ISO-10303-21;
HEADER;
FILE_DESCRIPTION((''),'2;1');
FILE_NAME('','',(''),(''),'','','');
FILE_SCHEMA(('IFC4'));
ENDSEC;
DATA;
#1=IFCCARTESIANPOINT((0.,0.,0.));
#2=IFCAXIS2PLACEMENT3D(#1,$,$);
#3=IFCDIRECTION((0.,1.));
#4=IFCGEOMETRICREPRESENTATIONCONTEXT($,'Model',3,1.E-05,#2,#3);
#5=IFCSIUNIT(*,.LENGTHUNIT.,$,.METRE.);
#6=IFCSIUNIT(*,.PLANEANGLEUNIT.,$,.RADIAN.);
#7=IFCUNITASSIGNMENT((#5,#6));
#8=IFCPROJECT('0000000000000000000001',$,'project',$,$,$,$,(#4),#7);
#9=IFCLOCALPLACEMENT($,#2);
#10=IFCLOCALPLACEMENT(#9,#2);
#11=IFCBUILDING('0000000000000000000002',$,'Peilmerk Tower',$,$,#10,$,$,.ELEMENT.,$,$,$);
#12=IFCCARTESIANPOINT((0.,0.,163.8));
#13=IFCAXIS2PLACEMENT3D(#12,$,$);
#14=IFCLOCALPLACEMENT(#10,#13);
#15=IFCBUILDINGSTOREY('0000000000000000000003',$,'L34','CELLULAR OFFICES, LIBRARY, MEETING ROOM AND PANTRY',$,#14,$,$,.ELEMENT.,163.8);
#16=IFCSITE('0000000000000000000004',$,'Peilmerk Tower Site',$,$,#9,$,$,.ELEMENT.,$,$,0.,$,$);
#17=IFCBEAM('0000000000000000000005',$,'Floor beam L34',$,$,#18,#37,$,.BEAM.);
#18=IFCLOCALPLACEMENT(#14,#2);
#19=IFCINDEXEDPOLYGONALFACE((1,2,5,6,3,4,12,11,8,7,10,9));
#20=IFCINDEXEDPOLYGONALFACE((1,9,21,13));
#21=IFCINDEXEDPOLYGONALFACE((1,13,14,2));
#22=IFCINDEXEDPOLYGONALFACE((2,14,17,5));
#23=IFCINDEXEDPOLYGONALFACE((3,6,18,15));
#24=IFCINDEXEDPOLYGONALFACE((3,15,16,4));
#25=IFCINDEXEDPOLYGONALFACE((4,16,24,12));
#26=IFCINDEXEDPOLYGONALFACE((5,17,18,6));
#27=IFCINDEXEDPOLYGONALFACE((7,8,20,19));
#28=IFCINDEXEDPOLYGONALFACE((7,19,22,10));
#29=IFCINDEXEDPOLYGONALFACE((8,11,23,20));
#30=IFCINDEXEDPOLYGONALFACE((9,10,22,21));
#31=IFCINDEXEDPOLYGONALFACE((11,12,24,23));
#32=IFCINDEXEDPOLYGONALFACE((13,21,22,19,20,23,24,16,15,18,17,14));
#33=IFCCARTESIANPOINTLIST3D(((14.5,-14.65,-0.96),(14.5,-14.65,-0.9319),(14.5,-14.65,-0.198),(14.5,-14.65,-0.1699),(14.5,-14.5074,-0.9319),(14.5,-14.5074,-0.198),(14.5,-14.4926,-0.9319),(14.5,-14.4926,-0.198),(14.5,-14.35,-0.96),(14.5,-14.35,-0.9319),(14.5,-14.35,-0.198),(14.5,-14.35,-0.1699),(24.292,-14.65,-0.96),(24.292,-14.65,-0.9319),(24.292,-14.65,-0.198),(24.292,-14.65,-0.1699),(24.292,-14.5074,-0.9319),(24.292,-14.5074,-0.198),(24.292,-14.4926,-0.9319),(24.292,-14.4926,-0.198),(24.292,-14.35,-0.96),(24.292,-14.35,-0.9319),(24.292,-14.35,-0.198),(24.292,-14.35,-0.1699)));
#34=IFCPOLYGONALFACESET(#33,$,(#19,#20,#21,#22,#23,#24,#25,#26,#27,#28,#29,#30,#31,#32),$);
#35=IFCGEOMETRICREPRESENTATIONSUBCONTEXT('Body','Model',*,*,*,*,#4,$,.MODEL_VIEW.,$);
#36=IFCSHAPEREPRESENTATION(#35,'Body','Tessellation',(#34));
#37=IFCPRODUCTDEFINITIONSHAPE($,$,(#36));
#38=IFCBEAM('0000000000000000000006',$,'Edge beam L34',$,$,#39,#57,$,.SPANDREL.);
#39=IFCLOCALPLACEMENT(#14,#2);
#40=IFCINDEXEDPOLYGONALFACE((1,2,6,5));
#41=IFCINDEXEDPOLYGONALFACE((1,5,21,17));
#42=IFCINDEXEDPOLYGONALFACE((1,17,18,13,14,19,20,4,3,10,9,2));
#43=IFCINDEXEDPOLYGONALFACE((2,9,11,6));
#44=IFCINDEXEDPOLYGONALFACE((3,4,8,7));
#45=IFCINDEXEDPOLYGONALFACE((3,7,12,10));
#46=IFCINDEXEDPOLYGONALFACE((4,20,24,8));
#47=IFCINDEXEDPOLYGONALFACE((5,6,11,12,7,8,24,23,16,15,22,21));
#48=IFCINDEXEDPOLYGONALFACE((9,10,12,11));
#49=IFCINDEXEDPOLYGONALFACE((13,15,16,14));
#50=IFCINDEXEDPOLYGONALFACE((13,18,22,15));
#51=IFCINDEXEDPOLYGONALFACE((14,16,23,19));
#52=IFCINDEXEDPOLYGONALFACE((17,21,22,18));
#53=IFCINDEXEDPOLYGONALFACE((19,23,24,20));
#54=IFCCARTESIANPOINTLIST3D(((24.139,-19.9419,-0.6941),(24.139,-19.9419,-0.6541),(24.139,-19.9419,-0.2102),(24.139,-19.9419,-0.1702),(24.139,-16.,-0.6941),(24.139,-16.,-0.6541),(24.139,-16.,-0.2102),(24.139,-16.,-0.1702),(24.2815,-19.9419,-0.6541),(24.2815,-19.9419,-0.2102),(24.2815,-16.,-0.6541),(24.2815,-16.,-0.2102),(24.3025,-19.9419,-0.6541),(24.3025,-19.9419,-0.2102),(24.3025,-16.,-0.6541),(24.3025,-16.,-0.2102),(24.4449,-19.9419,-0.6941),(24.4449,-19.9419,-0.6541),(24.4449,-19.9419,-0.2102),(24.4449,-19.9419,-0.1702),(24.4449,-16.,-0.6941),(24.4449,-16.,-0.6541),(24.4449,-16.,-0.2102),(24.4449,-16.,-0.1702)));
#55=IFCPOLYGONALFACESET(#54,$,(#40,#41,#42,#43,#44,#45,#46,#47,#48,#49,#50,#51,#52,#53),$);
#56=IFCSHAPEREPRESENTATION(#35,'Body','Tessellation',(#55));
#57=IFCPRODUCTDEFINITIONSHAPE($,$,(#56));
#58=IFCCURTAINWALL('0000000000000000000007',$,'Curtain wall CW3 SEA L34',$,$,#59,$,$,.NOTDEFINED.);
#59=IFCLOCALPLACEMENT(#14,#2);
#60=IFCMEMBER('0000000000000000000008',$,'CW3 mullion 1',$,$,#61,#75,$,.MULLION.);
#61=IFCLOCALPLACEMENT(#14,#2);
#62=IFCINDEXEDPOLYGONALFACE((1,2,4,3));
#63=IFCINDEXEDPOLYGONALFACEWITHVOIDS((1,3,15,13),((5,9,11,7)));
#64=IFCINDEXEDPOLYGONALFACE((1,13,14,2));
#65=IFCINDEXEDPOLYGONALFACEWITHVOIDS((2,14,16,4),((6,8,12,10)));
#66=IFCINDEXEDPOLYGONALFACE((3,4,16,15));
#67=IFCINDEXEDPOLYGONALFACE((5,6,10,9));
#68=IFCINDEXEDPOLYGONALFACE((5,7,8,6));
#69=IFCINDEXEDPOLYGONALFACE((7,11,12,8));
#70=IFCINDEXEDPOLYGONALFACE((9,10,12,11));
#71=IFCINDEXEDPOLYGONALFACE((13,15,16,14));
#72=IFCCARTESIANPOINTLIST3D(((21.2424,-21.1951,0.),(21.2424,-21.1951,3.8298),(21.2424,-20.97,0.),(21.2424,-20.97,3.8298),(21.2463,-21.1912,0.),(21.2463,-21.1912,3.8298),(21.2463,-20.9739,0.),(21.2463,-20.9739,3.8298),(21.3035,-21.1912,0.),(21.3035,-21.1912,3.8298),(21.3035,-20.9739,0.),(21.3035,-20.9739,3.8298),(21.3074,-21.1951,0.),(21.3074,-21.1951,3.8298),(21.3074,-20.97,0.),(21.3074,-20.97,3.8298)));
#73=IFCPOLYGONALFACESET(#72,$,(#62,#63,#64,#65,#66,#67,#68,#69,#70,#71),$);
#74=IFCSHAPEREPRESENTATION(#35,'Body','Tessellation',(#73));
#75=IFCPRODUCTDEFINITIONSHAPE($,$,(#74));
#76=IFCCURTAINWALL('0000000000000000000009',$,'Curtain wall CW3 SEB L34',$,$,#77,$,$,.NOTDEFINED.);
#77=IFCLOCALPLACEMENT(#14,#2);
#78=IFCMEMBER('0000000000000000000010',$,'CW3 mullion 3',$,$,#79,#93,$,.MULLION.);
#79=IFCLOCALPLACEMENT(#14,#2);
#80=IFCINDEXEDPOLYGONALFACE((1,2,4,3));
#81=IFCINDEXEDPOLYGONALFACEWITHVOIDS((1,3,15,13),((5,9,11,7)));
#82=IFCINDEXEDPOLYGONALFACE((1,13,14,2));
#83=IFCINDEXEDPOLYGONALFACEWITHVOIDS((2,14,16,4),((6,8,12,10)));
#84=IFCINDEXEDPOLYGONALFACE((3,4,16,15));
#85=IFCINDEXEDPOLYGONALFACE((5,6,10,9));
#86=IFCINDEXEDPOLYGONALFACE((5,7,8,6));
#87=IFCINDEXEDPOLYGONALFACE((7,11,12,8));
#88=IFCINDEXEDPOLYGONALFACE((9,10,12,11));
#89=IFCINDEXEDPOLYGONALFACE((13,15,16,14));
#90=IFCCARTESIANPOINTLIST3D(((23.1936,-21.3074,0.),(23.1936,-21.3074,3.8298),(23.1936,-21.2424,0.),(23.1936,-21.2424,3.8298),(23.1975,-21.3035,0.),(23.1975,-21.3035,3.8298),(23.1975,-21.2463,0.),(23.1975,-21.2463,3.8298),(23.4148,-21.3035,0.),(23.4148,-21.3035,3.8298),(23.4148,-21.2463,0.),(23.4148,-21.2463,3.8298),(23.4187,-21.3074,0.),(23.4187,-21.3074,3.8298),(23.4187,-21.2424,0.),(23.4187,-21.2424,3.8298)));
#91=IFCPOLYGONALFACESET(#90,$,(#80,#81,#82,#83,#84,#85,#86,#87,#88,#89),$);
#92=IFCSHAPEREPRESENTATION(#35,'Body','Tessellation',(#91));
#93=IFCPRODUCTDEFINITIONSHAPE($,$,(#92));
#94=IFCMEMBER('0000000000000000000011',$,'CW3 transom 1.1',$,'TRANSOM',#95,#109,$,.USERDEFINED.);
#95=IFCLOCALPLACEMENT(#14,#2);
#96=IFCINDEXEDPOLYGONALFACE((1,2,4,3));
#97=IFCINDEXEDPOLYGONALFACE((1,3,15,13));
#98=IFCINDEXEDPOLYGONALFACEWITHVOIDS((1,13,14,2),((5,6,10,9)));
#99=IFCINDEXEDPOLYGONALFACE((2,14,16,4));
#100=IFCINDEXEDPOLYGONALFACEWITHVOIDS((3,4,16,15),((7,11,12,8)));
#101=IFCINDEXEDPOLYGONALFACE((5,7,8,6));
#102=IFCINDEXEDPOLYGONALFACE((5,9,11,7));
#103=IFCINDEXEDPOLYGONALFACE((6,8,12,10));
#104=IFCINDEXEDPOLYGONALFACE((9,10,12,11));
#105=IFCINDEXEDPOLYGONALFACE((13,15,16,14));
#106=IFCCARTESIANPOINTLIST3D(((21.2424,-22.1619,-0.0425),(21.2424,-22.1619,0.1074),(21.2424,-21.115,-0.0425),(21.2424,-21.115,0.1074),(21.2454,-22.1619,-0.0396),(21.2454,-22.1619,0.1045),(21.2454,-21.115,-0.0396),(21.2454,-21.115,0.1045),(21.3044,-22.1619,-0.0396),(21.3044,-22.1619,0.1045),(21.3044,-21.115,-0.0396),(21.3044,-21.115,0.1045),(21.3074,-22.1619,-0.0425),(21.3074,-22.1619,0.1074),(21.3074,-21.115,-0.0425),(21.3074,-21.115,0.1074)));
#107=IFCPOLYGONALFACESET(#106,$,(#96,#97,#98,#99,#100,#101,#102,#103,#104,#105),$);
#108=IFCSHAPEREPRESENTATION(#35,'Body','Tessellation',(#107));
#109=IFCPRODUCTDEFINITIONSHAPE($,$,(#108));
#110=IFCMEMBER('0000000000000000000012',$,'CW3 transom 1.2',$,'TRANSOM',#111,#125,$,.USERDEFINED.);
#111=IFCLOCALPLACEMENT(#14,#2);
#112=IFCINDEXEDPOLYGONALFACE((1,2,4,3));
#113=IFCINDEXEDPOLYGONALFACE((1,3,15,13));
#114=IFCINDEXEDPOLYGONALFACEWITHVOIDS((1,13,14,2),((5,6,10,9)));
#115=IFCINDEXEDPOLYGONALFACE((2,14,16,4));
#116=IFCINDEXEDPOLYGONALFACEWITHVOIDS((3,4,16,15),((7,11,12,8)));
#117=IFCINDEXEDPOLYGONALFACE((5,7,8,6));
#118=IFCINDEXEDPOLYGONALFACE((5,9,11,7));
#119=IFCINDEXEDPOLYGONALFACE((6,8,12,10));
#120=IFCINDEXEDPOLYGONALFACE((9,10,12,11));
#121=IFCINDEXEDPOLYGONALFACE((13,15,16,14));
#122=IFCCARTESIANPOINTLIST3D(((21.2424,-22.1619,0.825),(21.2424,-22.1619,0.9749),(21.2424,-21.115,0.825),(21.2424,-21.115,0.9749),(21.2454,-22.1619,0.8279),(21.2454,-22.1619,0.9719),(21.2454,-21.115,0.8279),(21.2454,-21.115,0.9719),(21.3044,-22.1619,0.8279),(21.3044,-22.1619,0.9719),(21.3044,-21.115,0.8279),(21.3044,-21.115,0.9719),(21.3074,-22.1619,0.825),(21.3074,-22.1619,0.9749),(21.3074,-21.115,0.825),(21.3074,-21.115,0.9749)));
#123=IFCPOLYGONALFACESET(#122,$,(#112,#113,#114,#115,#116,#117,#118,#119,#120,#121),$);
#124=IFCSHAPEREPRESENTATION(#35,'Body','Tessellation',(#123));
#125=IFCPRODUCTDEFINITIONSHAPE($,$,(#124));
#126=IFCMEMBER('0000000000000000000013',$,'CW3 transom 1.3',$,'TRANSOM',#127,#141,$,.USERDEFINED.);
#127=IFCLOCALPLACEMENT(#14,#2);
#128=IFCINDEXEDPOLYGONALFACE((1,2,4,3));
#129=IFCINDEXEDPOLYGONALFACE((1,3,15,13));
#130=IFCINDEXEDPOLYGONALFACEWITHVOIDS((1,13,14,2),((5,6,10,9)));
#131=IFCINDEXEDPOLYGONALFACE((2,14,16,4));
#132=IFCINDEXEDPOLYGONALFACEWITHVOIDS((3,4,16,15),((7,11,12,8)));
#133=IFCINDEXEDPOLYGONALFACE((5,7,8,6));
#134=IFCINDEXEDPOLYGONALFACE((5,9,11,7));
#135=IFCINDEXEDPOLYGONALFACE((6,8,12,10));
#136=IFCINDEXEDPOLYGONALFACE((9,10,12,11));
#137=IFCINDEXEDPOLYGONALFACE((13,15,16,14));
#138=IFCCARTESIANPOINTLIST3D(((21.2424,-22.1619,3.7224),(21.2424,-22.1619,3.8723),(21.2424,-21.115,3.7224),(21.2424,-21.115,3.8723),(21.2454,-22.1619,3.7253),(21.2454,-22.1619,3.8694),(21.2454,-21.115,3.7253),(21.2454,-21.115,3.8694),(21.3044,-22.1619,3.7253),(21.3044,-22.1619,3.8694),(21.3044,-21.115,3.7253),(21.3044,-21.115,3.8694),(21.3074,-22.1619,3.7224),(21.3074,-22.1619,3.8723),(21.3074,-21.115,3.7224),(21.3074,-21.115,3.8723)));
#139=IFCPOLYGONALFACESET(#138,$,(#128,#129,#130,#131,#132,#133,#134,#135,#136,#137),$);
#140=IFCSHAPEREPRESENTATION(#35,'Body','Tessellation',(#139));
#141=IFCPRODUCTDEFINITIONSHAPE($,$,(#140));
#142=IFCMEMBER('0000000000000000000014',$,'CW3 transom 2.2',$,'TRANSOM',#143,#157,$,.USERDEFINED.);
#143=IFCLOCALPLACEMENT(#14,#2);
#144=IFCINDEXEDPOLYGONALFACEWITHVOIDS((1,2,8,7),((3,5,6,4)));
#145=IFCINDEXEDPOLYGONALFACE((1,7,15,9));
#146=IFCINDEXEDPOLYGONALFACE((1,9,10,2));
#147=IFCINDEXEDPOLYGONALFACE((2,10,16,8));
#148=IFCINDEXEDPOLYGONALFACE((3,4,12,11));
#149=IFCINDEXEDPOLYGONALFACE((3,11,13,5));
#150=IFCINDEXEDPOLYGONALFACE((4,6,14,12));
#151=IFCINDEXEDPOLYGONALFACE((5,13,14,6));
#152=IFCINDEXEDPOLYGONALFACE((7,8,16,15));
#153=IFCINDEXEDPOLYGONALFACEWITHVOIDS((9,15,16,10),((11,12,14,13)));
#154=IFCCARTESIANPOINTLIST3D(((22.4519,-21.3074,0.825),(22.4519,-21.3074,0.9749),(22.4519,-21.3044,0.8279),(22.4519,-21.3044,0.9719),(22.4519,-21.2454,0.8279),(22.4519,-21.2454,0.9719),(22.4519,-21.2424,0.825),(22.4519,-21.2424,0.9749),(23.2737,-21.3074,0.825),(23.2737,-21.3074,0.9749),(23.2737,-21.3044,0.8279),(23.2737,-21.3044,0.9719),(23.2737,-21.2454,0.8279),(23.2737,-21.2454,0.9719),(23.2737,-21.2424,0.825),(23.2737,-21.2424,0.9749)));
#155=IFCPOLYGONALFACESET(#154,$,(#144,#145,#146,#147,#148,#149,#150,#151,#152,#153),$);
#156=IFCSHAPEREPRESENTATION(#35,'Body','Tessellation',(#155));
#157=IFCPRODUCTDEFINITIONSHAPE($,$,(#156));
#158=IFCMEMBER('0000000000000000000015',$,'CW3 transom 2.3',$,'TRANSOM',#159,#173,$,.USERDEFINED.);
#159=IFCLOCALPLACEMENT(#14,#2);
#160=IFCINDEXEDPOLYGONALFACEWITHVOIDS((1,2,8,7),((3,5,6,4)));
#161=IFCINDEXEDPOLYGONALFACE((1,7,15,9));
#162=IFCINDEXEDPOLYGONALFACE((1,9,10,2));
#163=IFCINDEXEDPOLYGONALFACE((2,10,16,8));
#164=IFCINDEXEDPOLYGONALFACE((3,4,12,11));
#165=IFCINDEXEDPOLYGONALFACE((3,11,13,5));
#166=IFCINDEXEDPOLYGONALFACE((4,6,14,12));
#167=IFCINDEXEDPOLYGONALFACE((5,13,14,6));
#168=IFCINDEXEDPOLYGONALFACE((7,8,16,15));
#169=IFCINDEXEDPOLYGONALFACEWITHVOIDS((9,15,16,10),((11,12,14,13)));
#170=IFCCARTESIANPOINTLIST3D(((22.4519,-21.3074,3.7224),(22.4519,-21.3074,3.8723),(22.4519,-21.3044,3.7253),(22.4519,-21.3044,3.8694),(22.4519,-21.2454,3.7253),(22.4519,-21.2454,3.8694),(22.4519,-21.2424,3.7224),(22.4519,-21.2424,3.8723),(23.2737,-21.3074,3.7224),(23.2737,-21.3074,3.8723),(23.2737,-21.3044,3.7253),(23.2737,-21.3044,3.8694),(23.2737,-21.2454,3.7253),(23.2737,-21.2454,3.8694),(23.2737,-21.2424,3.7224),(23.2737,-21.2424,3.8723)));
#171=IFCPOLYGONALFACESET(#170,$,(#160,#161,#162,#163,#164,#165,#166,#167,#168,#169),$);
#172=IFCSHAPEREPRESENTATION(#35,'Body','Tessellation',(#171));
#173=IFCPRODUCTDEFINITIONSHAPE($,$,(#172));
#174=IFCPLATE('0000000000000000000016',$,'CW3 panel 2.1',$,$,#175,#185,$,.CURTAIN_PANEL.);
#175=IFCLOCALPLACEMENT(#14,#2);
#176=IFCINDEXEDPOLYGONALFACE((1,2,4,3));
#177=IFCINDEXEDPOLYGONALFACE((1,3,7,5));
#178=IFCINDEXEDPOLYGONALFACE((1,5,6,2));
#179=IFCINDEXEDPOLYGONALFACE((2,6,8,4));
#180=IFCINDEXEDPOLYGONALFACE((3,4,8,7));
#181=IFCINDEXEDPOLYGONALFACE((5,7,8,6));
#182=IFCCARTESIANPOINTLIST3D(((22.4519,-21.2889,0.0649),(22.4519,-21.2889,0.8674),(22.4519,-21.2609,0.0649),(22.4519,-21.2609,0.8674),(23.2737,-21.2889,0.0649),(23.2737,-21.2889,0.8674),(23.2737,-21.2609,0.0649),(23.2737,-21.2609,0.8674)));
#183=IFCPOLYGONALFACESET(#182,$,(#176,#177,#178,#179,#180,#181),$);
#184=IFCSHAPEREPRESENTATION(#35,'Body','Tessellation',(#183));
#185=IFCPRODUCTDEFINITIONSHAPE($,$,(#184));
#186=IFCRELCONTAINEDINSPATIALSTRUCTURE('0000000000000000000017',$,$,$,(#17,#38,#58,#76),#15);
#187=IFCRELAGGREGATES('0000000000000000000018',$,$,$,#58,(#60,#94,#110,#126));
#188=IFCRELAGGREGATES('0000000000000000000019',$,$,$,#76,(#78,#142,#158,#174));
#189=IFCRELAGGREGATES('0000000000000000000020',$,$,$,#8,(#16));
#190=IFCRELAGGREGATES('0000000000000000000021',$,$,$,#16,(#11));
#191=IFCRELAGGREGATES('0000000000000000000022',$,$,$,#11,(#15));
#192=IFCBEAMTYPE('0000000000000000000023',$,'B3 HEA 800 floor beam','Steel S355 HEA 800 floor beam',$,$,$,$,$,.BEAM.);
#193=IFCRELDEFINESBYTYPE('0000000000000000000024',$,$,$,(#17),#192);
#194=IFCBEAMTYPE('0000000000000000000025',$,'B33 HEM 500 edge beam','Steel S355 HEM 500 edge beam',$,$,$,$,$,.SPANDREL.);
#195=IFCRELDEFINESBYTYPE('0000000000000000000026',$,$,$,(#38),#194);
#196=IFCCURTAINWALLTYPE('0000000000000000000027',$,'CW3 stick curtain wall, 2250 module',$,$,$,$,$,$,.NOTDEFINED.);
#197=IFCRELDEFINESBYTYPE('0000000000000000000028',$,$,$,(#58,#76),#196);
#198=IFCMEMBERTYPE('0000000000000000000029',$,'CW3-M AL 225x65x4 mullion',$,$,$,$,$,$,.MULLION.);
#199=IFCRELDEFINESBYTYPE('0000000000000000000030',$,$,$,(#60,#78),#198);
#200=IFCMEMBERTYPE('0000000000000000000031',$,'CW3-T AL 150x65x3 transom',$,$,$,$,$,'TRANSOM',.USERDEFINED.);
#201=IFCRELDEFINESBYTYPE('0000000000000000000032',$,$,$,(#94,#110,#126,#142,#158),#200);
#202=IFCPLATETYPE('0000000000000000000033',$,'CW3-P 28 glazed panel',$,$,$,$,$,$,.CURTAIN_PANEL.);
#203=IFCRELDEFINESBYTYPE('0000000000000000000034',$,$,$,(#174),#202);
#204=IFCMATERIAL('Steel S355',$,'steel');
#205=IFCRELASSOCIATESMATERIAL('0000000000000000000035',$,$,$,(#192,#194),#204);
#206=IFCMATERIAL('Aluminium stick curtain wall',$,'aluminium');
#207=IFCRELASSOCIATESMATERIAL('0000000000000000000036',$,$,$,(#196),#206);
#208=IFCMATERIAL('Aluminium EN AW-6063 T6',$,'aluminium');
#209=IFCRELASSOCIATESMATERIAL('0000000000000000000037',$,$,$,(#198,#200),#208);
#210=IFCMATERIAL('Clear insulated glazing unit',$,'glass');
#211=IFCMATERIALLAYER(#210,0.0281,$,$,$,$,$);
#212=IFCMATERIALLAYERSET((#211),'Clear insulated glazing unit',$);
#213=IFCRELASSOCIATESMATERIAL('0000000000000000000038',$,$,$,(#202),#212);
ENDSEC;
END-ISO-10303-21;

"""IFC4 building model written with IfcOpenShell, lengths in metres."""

from ifc_helpers import new_model, si_unit, direction, frame, origin, origin_2d, place, context, subcontext, project, spatial, rectangle, hollow_rectangle, i_section, extrude, material, layer, layer_set, material_profile, profile_set, type_object, element, aggregate, save


model = new_model("IFC4")

# Units and contexts
model_context = context("Model", 3, precision=1e-05, world=origin(), true_north=direction((0.0, 1.0)))
body_context = subcontext(model_context, "Body", "Model", "MODEL_VIEW")
ifc_project = project(units=[si_unit("LENGTHUNIT", "METRE"), si_unit("PLANEANGLEUNIT", "RADIAN")], contexts=[model_context])

# Site, building, storey
site_placement = place(None, origin())
site = spatial("IfcSite", under=ifc_project, at=site_placement, Name="Peilmerk Tower Site", CompositionType="ELEMENT", RefElevation=0.0)
building_placement = place(site_placement, origin())
building = spatial("IfcBuilding", under=site, at=building_placement, Name="Peilmerk Tower", CompositionType="ELEMENT")
storey_placement = place(building_placement, frame((0.0, 0.0, 163.8)))
storey = spatial("IfcBuildingStorey", under=building, at=storey_placement, Name="L34", Description="CELLULAR OFFICES, LIBRARY, MEETING ROOM AND PANTRY", CompositionType="ELEMENT", Elevation=163.8)

# Beams
ifc_material_1 = material(Name="Steel S355", Category="steel")
ifc_material_profile_1 = material_profile(ifc_material_1, i_section(OverallWidth=0.3, OverallDepth=0.79, WebThickness=0.0149, FlangeThickness=0.0281, at=origin_2d()), Name="HEA 800")
ifc_profile_set_1 = profile_set([ifc_material_profile_1], Name="Steel S355")
beam_type_1 = type_object("IfcBeamType", Name="B3 HEA 800 floor beam", Description="Steel S355 HEA 800 floor beam", PredefinedType="BEAM", material=ifc_profile_set_1)
for number, where, z_axis, x_axis, name in (
    (1, (14.5, -14.5, -0.5649), (1.0, 0.0, 0.0), (0.0, 1.0, 0.0), "Floor beam L34"),
):
    element("IfcBeam", number, at=place(storey_placement, frame(where, z_axis=z_axis, x_axis=x_axis)), inside=storey, type_object=beam_type_1, Name=name, PredefinedType="BEAM", context=body_context, shape_type="SweptSolid", body=[
        extrude(i_section(OverallWidth=0.3, OverallDepth=0.79, WebThickness=0.0149, FlangeThickness=0.0281, at=origin_2d()), origin(), (0.0, 0.0, 1.0), 9.792),
    ])
ifc_material_profile_2 = material_profile(ifc_material_1, i_section(OverallWidth=0.3059, OverallDepth=0.5239, WebThickness=0.021, FlangeThickness=0.04, at=origin_2d()), Name="HEM 500")
ifc_profile_set_2 = profile_set([ifc_material_profile_2], Name="Steel S355")
beam_type_2 = type_object("IfcBeamType", Name="B33 HEM 500 edge beam", Description="Steel S355 HEM 500 edge beam", PredefinedType="SPANDREL", material=ifc_profile_set_2)
beam_1_placement = place(storey_placement, frame((24.292, -19.9419, -0.4321), z_axis=(0.0, 1.0, 0.0), x_axis=(-1.0, 0.0, 0.0)))
element("IfcBeam", 2, at=beam_1_placement, inside=storey, type_object=beam_type_2, Name="Edge beam L34", PredefinedType="SPANDREL", context=body_context, shape_type="SweptSolid", body=[
    extrude(i_section(OverallWidth=0.3059, OverallDepth=0.5239, WebThickness=0.021, FlangeThickness=0.04, at=origin_2d()), origin(), (0.0, 0.0, 1.0), 3.9419),
])

# Curtain walls, members
ifc_material_2 = material(Name="Aluminium stick curtain wall", Category="aluminium")
curtain_wall_type = type_object("IfcCurtainWallType", Name="CW3 stick curtain wall, 2250 module", PredefinedType="NOTDEFINED", material=ifc_material_2)
curtain_wall_1_placement = place(storey_placement, origin())
curtain_wall_1 = element("IfcCurtainWall", 3, at=curtain_wall_1_placement, inside=storey, type_object=curtain_wall_type, Name="Curtain wall CW3 SEA L34", PredefinedType="NOTDEFINED")
ifc_material_3 = material(Name="Aluminium EN AW-6063 T6", Category="aluminium")
ifc_material_profile_3 = material_profile(ifc_material_3, hollow_rectangle(XDim=0.0649, YDim=0.2251, WallThickness=0.0039, at=origin_2d()), Name="AL 225x65x4")
ifc_profile_set_3 = profile_set([ifc_material_profile_3], Name="Aluminium EN AW-6063 T6")
member_type_1 = type_object("IfcMemberType", Name="CW3-M AL 225x65x4 mullion", PredefinedType="MULLION", material=ifc_profile_set_3)
member_1_placement = place(storey_placement, frame((21.2749, -21.0825, 0.0), z_axis=(0.0, 0.0, 1.0), x_axis=(1.0, 0.0, 0.0)))
member_1 = element("IfcMember", 4, at=member_1_placement, type_object=member_type_1, Name="CW3 mullion 1", PredefinedType="MULLION", context=body_context, shape_type="SweptSolid", body=[
    extrude(hollow_rectangle(XDim=0.0649, YDim=0.2251, WallThickness=0.0039, at=origin_2d()), origin(), (0.0, 0.0, 1.0), 3.8298),
])
curtain_wall_2_placement = place(storey_placement, origin())
curtain_wall_2 = element("IfcCurtainWall", 5, at=curtain_wall_2_placement, inside=storey, type_object=curtain_wall_type, Name="Curtain wall CW3 SEB L34", PredefinedType="NOTDEFINED")
member_2_placement = place(storey_placement, frame((23.3062, -21.2749, 0.0), z_axis=(0.0, 0.0, 1.0), x_axis=(0.0, 1.0, 0.0)))
member_2 = element("IfcMember", 6, at=member_2_placement, type_object=member_type_1, Name="CW3 mullion 3", PredefinedType="MULLION", context=body_context, shape_type="SweptSolid", body=[
    extrude(hollow_rectangle(XDim=0.0649, YDim=0.2251, WallThickness=0.0039, at=origin_2d()), origin(), (0.0, 0.0, 1.0), 3.8298),
])

# Members
ifc_material_profile_4 = material_profile(ifc_material_3, hollow_rectangle(XDim=0.0649, YDim=0.1499, WallThickness=0.0029, at=origin_2d()), Name="AL 150x65x3")
ifc_profile_set_4 = profile_set([ifc_material_profile_4], Name="Aluminium EN AW-6063 T6")
member_type_2 = type_object("IfcMemberType", Name="CW3-T AL 150x65x3 transom", ElementType="TRANSOM", PredefinedType="USERDEFINED", material=ifc_profile_set_4)
member_3_placement = place(storey_placement, frame((21.2749, -21.115, 0.0325), z_axis=(0.0, -1.0, 0.0), x_axis=(1.0, 0.0, 0.0)))
member_3 = element("IfcMember", 7, at=member_3_placement, type_object=member_type_2, Name="CW3 transom 1.1", ObjectType="TRANSOM", PredefinedType="USERDEFINED", context=body_context, shape_type="SweptSolid", body=[
    extrude(hollow_rectangle(XDim=0.0649, YDim=0.1499, WallThickness=0.0029, at=origin_2d()), origin(), (0.0, 0.0, 1.0), 1.0469),
])
member_4_placement = place(storey_placement, frame((21.2749, -21.115, 0.8999), z_axis=(0.0, -1.0, 0.0), x_axis=(1.0, 0.0, 0.0)))
member_4 = element("IfcMember", 8, at=member_4_placement, type_object=member_type_2, Name="CW3 transom 1.2", ObjectType="TRANSOM", PredefinedType="USERDEFINED", context=body_context, shape_type="SweptSolid", body=[
    extrude(hollow_rectangle(XDim=0.0649, YDim=0.1499, WallThickness=0.0029, at=origin_2d()), origin(), (0.0, 0.0, 1.0), 1.0469),
])
member_5_placement = place(storey_placement, frame((21.2749, -21.115, 3.7974), z_axis=(0.0, -1.0, 0.0), x_axis=(1.0, 0.0, 0.0)))
member_5 = element("IfcMember", 9, at=member_5_placement, type_object=member_type_2, Name="CW3 transom 1.3", ObjectType="TRANSOM", PredefinedType="USERDEFINED", context=body_context, shape_type="SweptSolid", body=[
    extrude(hollow_rectangle(XDim=0.0649, YDim=0.1499, WallThickness=0.0029, at=origin_2d()), origin(), (0.0, 0.0, 1.0), 1.0469),
])
aggregate(curtain_wall_1, [member_1, member_3, member_4, member_5])
member_6_placement = place(storey_placement, frame((22.4519, -21.2749, 0.8999), z_axis=(1.0, 0.0, 0.0), x_axis=(0.0, 1.0, 0.0)))
member_6 = element("IfcMember", 10, at=member_6_placement, type_object=member_type_2, Name="CW3 transom 2.2", ObjectType="TRANSOM", PredefinedType="USERDEFINED", context=body_context, shape_type="SweptSolid", body=[
    extrude(hollow_rectangle(XDim=0.0649, YDim=0.1499, WallThickness=0.0029, at=origin_2d()), origin(), (0.0, 0.0, 1.0), 0.8218),
])
member_7_placement = place(storey_placement, frame((22.4519, -21.2749, 3.7974), z_axis=(1.0, 0.0, 0.0), x_axis=(0.0, 1.0, 0.0)))
member_7 = element("IfcMember", 11, at=member_7_placement, type_object=member_type_2, Name="CW3 transom 2.3", ObjectType="TRANSOM", PredefinedType="USERDEFINED", context=body_context, shape_type="SweptSolid", body=[
    extrude(hollow_rectangle(XDim=0.0649, YDim=0.1499, WallThickness=0.0029, at=origin_2d()), origin(), (0.0, 0.0, 1.0), 0.8218),
])

# Plate
ifc_material_4 = material(Name="Clear insulated glazing unit", Category="glass")
ifc_layer_1 = layer(ifc_material_4, 0.0281)
ifc_layer_set_1 = layer_set([ifc_layer_1], Name="Clear insulated glazing unit")
plate_type = type_object("IfcPlateType", Name="CW3-P 28 glazed panel", PredefinedType="CURTAIN_PANEL", material=ifc_layer_set_1)
plate_1_placement = place(storey_placement, frame((22.8628, -21.2749, 0.0649), z_axis=(0.0, 0.0, 1.0), x_axis=(1.0, 0.0, 0.0)))
plate_1 = element("IfcPlate", 12, at=plate_1_placement, type_object=plate_type, Name="CW3 panel 2.1", PredefinedType="CURTAIN_PANEL", context=body_context, shape_type="SweptSolid", body=[
    extrude(rectangle(XDim=0.8218, YDim=0.0281, at=origin_2d()), origin(), (0.0, 0.0, 1.0), 0.8025),
])
aggregate(curtain_wall_2, [member_2, member_6, member_7, plate_1])

save(model, "model.ifc")
